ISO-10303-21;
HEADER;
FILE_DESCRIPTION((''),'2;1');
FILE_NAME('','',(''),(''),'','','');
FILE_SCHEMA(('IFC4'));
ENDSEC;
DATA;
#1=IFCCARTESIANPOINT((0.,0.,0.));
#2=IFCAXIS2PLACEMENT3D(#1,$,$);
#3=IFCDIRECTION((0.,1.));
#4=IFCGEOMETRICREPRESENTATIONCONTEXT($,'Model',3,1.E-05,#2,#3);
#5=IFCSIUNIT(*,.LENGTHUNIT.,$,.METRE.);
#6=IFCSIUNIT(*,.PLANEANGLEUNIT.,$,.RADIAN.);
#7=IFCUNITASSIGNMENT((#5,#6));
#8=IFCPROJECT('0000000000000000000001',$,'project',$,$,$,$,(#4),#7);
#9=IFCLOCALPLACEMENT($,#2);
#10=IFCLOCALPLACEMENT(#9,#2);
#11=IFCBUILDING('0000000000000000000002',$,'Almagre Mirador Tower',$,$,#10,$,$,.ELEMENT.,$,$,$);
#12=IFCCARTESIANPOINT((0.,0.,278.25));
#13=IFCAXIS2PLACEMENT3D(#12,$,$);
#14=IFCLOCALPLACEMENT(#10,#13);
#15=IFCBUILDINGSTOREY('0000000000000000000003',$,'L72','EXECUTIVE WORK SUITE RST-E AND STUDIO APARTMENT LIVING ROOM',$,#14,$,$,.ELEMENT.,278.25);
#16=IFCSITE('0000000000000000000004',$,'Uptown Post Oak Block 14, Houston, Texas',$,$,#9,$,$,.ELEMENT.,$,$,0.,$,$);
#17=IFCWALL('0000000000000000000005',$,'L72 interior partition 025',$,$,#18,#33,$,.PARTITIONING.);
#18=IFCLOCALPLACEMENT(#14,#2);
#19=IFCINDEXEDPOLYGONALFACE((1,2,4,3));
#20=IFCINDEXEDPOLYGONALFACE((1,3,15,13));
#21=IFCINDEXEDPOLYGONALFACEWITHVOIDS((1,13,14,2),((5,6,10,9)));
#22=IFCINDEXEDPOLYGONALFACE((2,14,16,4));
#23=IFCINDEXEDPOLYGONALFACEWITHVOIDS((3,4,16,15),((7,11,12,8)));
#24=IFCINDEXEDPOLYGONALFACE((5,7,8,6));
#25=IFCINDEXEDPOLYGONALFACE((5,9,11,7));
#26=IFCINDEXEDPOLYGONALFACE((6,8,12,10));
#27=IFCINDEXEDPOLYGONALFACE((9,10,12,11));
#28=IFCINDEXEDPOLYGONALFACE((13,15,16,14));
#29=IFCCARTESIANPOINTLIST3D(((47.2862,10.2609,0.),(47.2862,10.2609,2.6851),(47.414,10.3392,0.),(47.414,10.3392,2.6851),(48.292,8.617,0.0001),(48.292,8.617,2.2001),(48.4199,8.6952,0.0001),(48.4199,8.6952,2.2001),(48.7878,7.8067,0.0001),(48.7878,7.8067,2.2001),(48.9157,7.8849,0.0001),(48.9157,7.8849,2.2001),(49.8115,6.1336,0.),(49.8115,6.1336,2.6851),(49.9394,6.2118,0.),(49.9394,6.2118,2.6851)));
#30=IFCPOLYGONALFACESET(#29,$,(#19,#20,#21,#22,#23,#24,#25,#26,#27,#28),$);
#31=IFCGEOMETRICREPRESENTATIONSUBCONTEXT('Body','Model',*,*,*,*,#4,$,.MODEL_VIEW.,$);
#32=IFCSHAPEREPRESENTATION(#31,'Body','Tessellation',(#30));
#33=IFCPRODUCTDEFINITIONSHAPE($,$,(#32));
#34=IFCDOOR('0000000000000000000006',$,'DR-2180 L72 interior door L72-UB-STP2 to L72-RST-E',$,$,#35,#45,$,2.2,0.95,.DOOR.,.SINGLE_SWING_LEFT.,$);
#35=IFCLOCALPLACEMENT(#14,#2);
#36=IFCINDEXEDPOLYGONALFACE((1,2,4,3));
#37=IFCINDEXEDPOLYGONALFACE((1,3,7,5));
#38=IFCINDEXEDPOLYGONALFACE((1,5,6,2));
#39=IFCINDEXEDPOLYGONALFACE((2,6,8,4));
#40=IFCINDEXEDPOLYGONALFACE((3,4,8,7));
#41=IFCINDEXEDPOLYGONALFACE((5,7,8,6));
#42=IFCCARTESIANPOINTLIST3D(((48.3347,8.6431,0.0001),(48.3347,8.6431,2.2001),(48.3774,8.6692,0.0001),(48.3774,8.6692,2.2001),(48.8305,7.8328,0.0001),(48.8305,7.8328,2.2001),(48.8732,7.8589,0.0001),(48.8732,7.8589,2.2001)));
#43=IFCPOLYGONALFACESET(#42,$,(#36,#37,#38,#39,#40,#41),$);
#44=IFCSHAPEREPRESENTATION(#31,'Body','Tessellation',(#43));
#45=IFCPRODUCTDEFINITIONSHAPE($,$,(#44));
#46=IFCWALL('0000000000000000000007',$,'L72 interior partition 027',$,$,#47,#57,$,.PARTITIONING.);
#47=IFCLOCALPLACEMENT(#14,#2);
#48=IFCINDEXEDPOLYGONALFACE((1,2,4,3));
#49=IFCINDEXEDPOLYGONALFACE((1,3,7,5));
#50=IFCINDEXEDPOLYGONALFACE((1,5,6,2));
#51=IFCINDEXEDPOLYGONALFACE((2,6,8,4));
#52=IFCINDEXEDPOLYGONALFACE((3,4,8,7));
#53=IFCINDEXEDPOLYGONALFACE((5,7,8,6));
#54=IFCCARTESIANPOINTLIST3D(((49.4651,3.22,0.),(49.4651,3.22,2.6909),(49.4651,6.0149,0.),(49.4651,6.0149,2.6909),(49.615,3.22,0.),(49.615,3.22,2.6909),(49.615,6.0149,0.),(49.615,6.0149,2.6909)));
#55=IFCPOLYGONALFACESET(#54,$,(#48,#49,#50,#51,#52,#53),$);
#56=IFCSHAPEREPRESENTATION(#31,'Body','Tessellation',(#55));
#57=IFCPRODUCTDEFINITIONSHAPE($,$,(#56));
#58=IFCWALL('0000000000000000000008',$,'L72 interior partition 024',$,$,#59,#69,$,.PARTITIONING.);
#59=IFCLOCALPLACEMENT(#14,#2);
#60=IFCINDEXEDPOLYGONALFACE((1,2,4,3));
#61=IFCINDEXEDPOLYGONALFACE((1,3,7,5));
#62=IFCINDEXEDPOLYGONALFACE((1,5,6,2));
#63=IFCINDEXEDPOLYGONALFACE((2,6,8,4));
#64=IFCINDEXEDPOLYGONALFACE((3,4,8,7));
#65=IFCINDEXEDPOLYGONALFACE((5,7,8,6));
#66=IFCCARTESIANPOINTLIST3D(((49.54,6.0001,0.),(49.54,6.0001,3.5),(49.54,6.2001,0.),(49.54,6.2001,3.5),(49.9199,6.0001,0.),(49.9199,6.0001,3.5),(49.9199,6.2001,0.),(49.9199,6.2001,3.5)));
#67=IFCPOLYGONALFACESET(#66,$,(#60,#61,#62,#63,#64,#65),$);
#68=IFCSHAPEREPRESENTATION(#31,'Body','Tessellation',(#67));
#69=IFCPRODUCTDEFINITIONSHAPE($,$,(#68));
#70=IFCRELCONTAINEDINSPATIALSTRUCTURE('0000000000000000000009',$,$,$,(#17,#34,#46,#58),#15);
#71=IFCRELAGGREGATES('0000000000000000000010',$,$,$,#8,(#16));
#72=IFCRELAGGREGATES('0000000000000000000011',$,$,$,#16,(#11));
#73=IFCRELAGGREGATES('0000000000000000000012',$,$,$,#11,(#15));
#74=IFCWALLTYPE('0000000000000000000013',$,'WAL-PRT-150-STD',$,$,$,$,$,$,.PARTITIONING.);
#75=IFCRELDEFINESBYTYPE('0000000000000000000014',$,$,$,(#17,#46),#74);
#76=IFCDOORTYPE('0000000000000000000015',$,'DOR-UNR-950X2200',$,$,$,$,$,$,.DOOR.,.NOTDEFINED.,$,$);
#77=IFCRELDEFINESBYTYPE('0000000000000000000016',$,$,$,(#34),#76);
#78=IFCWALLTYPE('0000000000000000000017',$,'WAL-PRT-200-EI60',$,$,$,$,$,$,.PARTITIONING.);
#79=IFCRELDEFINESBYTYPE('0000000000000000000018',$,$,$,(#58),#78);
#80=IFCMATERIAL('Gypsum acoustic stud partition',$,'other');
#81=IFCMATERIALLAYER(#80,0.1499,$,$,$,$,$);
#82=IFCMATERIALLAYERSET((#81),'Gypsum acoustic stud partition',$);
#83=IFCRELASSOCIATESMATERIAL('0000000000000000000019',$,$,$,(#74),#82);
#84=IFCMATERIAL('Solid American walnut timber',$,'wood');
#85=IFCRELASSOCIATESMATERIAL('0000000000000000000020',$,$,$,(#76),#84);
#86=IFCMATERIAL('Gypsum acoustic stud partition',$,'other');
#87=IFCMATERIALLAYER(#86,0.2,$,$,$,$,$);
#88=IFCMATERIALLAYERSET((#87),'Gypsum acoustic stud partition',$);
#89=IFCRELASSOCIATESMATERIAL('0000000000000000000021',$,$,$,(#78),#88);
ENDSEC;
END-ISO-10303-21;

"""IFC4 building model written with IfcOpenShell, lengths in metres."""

from ifc_helpers import new_model, si_unit, direction, frame, frame_2d, origin, place, context, subcontext, project, spatial, rectangle, extrude, material, layer, layer_set, type_object, element, fill, save


model = new_model("IFC4")

# Units and contexts
model_context = context("Model", 3, precision=1e-05, world=origin(), true_north=direction((0.0, 1.0)))
body_context = subcontext(model_context, "Body", "Model", "MODEL_VIEW")
ifc_project = project(units=[si_unit("LENGTHUNIT", "METRE"), si_unit("PLANEANGLEUNIT", "RADIAN")], contexts=[model_context])

# Site, building, storey
site_placement = place(None, origin())
site = spatial("IfcSite", under=ifc_project, at=site_placement, Name="Uptown Post Oak Block 14, Houston, Texas", CompositionType="ELEMENT", RefElevation=0.0)
building_placement = place(site_placement, origin())
building = spatial("IfcBuilding", under=site, at=building_placement, Name="Almagre Mirador Tower", CompositionType="ELEMENT")
storey_placement = place(building_placement, frame((0.0, 0.0, 278.25)))
storey = spatial("IfcBuildingStorey", under=building, at=storey_placement, Name="L72", Description="EXECUTIVE WORK SUITE RST-E AND STUDIO APARTMENT LIVING ROOM", CompositionType="ELEMENT", Elevation=278.25)

# Wall, opening, door
ifc_material_1 = material(Name="Gypsum acoustic stud partition", Category="other")
ifc_layer_1 = layer(ifc_material_1, 0.1499)
ifc_layer_set_1 = layer_set([ifc_layer_1], Name="Gypsum acoustic stud partition")
wall_type_1 = type_object("IfcWallType", Name="WAL-PRT-150-STD", PredefinedType="PARTITIONING", material=ifc_layer_set_1)
wall_1_placement = place(storey_placement, frame((49.8755, 6.1726, 0.0), z_axis=(0.0, 0.0, 1.0), x_axis=(-0.521911, 0.853, 0.0)))
wall_1 = element("IfcWall", 1, at=wall_1_placement, inside=storey, type_object=wall_type_1, Name="L72 interior partition 025", PredefinedType="PARTITIONING", context=body_context, shape_type="SweptSolid", body=[
    extrude(rectangle(XDim=4.8386, YDim=0.1499, at=frame_2d((2.4194, 0.0))), origin(), (0.0, 0.0, 1.0), 2.6851),
])
opening_1_placement = place(wall_1_placement, frame((1.9614, 0.0, 0.0)))
opening_1 = element("IfcOpeningElement", 2, at=opening_1_placement, cuts=wall_1, PredefinedType="OPENING", context=body_context, shape_type="SweptSolid", body=[
    extrude(rectangle(XDim=0.95, YDim=2.2, at=frame_2d((0.4751, 1.1001))), frame((0.0, 0.085, 0.0), z_axis=(0.0, -1.0, 0.0), x_axis=(1.0, 0.0, 0.0)), (0.0, 0.0, 1.0), 0.1699),
])
ifc_material_2 = material(Name="Solid American walnut timber", Category="wood")
door_type = type_object("IfcDoorType", Name="DOR-UNR-950X2200", OperationType="NOTDEFINED", PredefinedType="DOOR", material=ifc_material_2)
door_placement = place(opening_1_placement, origin())
door = element("IfcDoor", 3, at=door_placement, inside=storey, type_object=door_type, Name="DR-2180 L72 interior door L72-UB-STP2 to L72-RST-E", OperationType="SINGLE_SWING_LEFT", OverallHeight=2.2, OverallWidth=0.95, PredefinedType="DOOR", context=body_context, shape_type="SweptSolid", body=[
    extrude(rectangle(XDim=0.95, YDim=2.2, at=frame_2d((0.4751, 1.1001))), frame((0.0, 0.0249, 0.0), z_axis=(0.0, -1.0, 0.0), x_axis=(1.0, 0.0, 0.0)), (0.0, 0.0, 1.0), 0.05),
])
fill(opening_1, door)

# Walls
wall_2_placement = place(storey_placement, frame((49.54, 3.22, 0.0), z_axis=(0.0, 0.0, 1.0), x_axis=(0.0, 1.0, 0.0)))
element("IfcWall", 4, at=wall_2_placement, inside=storey, type_object=wall_type_1, Name="L72 interior partition 027", PredefinedType="PARTITIONING", context=body_context, shape_type="SweptSolid", body=[
    extrude(rectangle(XDim=2.7949, YDim=0.1499, at=frame_2d((1.3975, 0.0))), origin(), (0.0, 0.0, 1.0), 2.6909),
])
ifc_material_3 = material(Name="Gypsum acoustic stud partition", Category="other")
ifc_layer_2 = layer(ifc_material_3, 0.2)
ifc_layer_set_2 = layer_set([ifc_layer_2], Name="Gypsum acoustic stud partition")
wall_type_2 = type_object("IfcWallType", Name="WAL-PRT-200-EI60", PredefinedType="PARTITIONING", material=ifc_layer_set_2)
wall_3_placement = place(storey_placement, frame((49.54, 6.1001, 0.0), z_axis=(0.0, 0.0, 1.0), x_axis=(1.0, 0.0, 0.0)))
element("IfcWall", 5, at=wall_3_placement, inside=storey, type_object=wall_type_2, Name="L72 interior partition 024", PredefinedType="PARTITIONING", context=body_context, shape_type="SweptSolid", body=[
    extrude(rectangle(XDim=0.3799, YDim=0.2, at=frame_2d((0.1899, 0.0))), origin(), (0.0, 0.0, 1.0), 3.5),
])

save(model, "model.ifc")
